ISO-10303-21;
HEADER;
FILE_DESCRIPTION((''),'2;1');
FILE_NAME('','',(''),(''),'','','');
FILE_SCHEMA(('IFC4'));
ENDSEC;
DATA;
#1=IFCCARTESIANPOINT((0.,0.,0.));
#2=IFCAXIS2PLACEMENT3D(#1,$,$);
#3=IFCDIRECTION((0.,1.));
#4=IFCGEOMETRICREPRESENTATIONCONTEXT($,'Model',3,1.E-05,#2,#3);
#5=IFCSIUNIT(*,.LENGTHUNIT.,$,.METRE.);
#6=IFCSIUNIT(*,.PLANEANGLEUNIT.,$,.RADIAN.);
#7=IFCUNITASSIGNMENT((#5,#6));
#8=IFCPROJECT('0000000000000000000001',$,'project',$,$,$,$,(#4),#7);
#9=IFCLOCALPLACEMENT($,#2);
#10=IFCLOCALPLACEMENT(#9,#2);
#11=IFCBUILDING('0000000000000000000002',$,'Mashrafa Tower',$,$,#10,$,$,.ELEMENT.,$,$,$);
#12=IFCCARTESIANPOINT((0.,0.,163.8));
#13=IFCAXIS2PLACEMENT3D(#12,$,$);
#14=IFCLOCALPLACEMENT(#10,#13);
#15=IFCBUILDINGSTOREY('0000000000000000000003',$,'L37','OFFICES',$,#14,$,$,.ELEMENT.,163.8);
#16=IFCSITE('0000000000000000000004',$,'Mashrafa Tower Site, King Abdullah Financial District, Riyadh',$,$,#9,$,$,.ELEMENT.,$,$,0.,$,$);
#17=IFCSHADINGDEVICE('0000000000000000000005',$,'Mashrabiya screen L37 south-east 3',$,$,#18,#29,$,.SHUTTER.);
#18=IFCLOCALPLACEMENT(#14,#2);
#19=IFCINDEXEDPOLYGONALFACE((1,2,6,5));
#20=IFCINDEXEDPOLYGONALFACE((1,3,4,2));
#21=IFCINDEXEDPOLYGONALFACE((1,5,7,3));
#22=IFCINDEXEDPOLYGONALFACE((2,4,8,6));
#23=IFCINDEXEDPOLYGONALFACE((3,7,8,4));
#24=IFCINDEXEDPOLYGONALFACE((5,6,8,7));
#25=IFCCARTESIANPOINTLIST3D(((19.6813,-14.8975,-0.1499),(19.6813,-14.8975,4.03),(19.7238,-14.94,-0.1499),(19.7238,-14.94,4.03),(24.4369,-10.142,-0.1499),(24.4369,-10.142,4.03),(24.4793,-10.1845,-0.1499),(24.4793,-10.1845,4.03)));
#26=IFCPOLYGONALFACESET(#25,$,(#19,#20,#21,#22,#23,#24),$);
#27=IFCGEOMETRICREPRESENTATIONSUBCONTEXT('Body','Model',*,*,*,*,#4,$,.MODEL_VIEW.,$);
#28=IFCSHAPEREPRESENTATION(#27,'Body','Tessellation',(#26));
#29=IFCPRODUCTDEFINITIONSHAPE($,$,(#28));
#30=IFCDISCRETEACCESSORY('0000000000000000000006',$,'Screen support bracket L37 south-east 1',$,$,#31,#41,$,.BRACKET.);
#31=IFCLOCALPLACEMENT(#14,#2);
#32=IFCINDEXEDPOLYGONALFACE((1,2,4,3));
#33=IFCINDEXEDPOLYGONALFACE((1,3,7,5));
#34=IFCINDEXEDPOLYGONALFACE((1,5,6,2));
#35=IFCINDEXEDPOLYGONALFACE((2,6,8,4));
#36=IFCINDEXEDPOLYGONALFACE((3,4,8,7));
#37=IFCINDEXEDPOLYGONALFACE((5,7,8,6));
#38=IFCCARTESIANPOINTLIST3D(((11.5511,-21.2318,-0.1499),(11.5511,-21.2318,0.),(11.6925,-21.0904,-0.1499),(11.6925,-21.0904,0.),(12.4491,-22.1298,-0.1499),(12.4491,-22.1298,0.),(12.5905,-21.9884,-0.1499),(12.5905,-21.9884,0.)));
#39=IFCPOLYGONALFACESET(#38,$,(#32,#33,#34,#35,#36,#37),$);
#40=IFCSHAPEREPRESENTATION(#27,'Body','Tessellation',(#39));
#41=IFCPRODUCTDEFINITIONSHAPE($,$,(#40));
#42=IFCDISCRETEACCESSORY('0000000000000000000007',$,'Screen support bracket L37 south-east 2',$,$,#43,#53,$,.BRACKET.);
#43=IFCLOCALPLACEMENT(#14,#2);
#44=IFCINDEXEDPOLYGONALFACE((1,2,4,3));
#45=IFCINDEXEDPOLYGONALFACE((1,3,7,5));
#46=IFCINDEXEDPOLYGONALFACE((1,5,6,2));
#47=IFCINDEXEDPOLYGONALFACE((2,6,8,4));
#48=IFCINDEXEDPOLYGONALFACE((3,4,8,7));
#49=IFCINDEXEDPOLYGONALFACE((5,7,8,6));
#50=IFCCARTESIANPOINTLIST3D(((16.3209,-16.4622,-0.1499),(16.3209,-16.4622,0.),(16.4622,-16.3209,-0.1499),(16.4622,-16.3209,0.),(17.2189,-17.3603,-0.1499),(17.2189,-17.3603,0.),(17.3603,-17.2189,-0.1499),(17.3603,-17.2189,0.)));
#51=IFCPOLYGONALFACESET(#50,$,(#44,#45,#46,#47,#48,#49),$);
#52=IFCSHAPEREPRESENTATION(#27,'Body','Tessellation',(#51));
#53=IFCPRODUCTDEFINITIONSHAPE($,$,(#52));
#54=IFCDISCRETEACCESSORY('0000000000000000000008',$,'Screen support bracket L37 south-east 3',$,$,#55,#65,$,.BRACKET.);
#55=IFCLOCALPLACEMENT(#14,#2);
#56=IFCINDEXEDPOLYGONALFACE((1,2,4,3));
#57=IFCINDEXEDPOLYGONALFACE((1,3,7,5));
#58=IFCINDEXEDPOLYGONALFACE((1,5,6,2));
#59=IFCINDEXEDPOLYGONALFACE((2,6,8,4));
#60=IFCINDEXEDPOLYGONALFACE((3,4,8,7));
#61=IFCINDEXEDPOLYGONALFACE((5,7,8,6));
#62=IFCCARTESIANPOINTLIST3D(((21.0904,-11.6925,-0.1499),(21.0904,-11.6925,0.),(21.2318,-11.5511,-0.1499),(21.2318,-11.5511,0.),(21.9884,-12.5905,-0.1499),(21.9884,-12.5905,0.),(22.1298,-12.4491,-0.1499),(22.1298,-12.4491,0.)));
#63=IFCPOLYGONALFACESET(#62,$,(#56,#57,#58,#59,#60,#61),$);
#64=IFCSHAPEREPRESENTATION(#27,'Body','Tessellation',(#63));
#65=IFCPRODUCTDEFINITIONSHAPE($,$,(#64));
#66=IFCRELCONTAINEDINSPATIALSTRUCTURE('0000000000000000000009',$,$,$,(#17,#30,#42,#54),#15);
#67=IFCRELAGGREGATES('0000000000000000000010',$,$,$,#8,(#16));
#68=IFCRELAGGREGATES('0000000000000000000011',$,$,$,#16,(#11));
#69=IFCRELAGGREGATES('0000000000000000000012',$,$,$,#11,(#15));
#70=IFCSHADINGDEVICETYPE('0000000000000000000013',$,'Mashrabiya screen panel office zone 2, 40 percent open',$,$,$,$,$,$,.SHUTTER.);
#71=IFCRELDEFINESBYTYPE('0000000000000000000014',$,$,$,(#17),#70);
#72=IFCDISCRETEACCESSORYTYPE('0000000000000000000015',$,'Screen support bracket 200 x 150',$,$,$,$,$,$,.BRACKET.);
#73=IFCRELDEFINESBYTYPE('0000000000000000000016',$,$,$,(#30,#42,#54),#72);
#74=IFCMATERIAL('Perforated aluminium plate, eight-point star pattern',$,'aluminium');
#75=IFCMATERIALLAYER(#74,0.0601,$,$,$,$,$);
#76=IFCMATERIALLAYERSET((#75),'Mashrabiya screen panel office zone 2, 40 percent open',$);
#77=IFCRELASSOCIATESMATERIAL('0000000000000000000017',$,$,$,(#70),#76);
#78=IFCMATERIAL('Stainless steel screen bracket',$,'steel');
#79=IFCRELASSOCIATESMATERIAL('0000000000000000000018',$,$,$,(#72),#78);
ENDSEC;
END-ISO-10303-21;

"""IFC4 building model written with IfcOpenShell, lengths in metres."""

from ifc_helpers import new_model, si_unit, direction, frame, origin, origin_2d, place, context, subcontext, project, spatial, rectangle, extrude, source, transform, mapped, material, layer, layer_set, type_object, type_shapes, element, save


model = new_model("IFC4")

# Units and contexts
model_context = context("Model", 3, precision=1e-05, world=origin(), true_north=direction((0.0, 1.0)))
body_context = subcontext(model_context, "Body", "Model", "MODEL_VIEW")
ifc_project = project(units=[si_unit("LENGTHUNIT", "METRE"), si_unit("PLANEANGLEUNIT", "RADIAN")], contexts=[model_context])

# Site, building, storey
site_placement = place(None, origin())
site = spatial("IfcSite", under=ifc_project, at=site_placement, Name="Mashrafa Tower Site, King Abdullah Financial District, Riyadh", CompositionType="ELEMENT", RefElevation=0.0)
building_placement = place(site_placement, origin())
building = spatial("IfcBuilding", under=site, at=building_placement, Name="Mashrafa Tower", CompositionType="ELEMENT")
storey_placement = place(building_placement, frame((0.0, 0.0, 163.8)))
storey = spatial("IfcBuildingStorey", under=building, at=storey_placement, Name="L37", Description="OFFICES", CompositionType="ELEMENT", Elevation=163.8)

# Shading device
ifc_material_1 = material(Name="Perforated aluminium plate, eight-point star pattern", Category="aluminium")
ifc_layer_1 = layer(ifc_material_1, 0.0601)
ifc_layer_set_1 = layer_set([ifc_layer_1], Name="Mashrabiya screen panel office zone 2, 40 percent open")
shading_device_type = type_object("IfcShadingDeviceType", Name="Mashrabiya screen panel office zone 2, 40 percent open", PredefinedType="SHUTTER", material=ifc_layer_set_1)
shared_shape_1 = source(origin(), body_context, "Body", "SweptSolid", [
    extrude(rectangle(XDim=6.7253, YDim=0.0601, at=origin_2d()), origin(), (0.0, 0.0, 1.0), 4.1799),
])
type_shapes(shading_device_type, [shared_shape_1])
for number, where, z_axis, x_axis, name in (
    (1, (22.0803, -12.541, -0.1499), (0.0, 0.0, 1.0), (0.707107, 0.707107, 0.0), "Mashrabiya screen L37 south-east 3"),
):
    element("IfcShadingDevice", number, at=place(storey_placement, frame(where, z_axis=z_axis, x_axis=x_axis)), inside=storey, type_object=shading_device_type, Name=name, PredefinedType="SHUTTER", context=body_context, shape_type="MappedRepresentation", body=[
        mapped(shared_shape_1, transform((0.0, 0.0, 0.0))),
    ])

# Discrete accessories
ifc_material_2 = material(Name="Stainless steel screen bracket", Category="steel")
discrete_accessory_type = type_object("IfcDiscreteAccessoryType", Name="Screen support bracket 200 x 150", PredefinedType="BRACKET", material=ifc_material_2)
shared_shape_2 = source(origin(), body_context, "Body", "SweptSolid", [
    extrude(rectangle(XDim=0.2, YDim=1.27, at=origin_2d()), origin(), (0.0, 0.0, 1.0), 0.1499),
])
type_shapes(discrete_accessory_type, [shared_shape_2])
for number, where, z_axis, x_axis, name in (
    (2, (12.0708, -21.6101, -0.1499), (0.0, 0.0, 1.0), (0.707107, 0.707107, 0.0), "Screen support bracket L37 south-east 1"),
    (3, (16.8406, -16.8406, -0.1499), (0.0, 0.0, 1.0), (0.707107, 0.707107, 0.0), "Screen support bracket L37 south-east 2"),
    (4, (21.6101, -12.0708, -0.1499), (0.0, 0.0, 1.0), (0.707107, 0.707107, 0.0), "Screen support bracket L37 south-east 3"),
):
    element("IfcDiscreteAccessory", number, at=place(storey_placement, frame(where, z_axis=z_axis, x_axis=x_axis)), inside=storey, type_object=discrete_accessory_type, Name=name, PredefinedType="BRACKET", context=body_context, shape_type="MappedRepresentation", body=[
        mapped(shared_shape_2, transform((0.0, 0.0, 0.0))),
    ])

save(model, "model.ifc")
